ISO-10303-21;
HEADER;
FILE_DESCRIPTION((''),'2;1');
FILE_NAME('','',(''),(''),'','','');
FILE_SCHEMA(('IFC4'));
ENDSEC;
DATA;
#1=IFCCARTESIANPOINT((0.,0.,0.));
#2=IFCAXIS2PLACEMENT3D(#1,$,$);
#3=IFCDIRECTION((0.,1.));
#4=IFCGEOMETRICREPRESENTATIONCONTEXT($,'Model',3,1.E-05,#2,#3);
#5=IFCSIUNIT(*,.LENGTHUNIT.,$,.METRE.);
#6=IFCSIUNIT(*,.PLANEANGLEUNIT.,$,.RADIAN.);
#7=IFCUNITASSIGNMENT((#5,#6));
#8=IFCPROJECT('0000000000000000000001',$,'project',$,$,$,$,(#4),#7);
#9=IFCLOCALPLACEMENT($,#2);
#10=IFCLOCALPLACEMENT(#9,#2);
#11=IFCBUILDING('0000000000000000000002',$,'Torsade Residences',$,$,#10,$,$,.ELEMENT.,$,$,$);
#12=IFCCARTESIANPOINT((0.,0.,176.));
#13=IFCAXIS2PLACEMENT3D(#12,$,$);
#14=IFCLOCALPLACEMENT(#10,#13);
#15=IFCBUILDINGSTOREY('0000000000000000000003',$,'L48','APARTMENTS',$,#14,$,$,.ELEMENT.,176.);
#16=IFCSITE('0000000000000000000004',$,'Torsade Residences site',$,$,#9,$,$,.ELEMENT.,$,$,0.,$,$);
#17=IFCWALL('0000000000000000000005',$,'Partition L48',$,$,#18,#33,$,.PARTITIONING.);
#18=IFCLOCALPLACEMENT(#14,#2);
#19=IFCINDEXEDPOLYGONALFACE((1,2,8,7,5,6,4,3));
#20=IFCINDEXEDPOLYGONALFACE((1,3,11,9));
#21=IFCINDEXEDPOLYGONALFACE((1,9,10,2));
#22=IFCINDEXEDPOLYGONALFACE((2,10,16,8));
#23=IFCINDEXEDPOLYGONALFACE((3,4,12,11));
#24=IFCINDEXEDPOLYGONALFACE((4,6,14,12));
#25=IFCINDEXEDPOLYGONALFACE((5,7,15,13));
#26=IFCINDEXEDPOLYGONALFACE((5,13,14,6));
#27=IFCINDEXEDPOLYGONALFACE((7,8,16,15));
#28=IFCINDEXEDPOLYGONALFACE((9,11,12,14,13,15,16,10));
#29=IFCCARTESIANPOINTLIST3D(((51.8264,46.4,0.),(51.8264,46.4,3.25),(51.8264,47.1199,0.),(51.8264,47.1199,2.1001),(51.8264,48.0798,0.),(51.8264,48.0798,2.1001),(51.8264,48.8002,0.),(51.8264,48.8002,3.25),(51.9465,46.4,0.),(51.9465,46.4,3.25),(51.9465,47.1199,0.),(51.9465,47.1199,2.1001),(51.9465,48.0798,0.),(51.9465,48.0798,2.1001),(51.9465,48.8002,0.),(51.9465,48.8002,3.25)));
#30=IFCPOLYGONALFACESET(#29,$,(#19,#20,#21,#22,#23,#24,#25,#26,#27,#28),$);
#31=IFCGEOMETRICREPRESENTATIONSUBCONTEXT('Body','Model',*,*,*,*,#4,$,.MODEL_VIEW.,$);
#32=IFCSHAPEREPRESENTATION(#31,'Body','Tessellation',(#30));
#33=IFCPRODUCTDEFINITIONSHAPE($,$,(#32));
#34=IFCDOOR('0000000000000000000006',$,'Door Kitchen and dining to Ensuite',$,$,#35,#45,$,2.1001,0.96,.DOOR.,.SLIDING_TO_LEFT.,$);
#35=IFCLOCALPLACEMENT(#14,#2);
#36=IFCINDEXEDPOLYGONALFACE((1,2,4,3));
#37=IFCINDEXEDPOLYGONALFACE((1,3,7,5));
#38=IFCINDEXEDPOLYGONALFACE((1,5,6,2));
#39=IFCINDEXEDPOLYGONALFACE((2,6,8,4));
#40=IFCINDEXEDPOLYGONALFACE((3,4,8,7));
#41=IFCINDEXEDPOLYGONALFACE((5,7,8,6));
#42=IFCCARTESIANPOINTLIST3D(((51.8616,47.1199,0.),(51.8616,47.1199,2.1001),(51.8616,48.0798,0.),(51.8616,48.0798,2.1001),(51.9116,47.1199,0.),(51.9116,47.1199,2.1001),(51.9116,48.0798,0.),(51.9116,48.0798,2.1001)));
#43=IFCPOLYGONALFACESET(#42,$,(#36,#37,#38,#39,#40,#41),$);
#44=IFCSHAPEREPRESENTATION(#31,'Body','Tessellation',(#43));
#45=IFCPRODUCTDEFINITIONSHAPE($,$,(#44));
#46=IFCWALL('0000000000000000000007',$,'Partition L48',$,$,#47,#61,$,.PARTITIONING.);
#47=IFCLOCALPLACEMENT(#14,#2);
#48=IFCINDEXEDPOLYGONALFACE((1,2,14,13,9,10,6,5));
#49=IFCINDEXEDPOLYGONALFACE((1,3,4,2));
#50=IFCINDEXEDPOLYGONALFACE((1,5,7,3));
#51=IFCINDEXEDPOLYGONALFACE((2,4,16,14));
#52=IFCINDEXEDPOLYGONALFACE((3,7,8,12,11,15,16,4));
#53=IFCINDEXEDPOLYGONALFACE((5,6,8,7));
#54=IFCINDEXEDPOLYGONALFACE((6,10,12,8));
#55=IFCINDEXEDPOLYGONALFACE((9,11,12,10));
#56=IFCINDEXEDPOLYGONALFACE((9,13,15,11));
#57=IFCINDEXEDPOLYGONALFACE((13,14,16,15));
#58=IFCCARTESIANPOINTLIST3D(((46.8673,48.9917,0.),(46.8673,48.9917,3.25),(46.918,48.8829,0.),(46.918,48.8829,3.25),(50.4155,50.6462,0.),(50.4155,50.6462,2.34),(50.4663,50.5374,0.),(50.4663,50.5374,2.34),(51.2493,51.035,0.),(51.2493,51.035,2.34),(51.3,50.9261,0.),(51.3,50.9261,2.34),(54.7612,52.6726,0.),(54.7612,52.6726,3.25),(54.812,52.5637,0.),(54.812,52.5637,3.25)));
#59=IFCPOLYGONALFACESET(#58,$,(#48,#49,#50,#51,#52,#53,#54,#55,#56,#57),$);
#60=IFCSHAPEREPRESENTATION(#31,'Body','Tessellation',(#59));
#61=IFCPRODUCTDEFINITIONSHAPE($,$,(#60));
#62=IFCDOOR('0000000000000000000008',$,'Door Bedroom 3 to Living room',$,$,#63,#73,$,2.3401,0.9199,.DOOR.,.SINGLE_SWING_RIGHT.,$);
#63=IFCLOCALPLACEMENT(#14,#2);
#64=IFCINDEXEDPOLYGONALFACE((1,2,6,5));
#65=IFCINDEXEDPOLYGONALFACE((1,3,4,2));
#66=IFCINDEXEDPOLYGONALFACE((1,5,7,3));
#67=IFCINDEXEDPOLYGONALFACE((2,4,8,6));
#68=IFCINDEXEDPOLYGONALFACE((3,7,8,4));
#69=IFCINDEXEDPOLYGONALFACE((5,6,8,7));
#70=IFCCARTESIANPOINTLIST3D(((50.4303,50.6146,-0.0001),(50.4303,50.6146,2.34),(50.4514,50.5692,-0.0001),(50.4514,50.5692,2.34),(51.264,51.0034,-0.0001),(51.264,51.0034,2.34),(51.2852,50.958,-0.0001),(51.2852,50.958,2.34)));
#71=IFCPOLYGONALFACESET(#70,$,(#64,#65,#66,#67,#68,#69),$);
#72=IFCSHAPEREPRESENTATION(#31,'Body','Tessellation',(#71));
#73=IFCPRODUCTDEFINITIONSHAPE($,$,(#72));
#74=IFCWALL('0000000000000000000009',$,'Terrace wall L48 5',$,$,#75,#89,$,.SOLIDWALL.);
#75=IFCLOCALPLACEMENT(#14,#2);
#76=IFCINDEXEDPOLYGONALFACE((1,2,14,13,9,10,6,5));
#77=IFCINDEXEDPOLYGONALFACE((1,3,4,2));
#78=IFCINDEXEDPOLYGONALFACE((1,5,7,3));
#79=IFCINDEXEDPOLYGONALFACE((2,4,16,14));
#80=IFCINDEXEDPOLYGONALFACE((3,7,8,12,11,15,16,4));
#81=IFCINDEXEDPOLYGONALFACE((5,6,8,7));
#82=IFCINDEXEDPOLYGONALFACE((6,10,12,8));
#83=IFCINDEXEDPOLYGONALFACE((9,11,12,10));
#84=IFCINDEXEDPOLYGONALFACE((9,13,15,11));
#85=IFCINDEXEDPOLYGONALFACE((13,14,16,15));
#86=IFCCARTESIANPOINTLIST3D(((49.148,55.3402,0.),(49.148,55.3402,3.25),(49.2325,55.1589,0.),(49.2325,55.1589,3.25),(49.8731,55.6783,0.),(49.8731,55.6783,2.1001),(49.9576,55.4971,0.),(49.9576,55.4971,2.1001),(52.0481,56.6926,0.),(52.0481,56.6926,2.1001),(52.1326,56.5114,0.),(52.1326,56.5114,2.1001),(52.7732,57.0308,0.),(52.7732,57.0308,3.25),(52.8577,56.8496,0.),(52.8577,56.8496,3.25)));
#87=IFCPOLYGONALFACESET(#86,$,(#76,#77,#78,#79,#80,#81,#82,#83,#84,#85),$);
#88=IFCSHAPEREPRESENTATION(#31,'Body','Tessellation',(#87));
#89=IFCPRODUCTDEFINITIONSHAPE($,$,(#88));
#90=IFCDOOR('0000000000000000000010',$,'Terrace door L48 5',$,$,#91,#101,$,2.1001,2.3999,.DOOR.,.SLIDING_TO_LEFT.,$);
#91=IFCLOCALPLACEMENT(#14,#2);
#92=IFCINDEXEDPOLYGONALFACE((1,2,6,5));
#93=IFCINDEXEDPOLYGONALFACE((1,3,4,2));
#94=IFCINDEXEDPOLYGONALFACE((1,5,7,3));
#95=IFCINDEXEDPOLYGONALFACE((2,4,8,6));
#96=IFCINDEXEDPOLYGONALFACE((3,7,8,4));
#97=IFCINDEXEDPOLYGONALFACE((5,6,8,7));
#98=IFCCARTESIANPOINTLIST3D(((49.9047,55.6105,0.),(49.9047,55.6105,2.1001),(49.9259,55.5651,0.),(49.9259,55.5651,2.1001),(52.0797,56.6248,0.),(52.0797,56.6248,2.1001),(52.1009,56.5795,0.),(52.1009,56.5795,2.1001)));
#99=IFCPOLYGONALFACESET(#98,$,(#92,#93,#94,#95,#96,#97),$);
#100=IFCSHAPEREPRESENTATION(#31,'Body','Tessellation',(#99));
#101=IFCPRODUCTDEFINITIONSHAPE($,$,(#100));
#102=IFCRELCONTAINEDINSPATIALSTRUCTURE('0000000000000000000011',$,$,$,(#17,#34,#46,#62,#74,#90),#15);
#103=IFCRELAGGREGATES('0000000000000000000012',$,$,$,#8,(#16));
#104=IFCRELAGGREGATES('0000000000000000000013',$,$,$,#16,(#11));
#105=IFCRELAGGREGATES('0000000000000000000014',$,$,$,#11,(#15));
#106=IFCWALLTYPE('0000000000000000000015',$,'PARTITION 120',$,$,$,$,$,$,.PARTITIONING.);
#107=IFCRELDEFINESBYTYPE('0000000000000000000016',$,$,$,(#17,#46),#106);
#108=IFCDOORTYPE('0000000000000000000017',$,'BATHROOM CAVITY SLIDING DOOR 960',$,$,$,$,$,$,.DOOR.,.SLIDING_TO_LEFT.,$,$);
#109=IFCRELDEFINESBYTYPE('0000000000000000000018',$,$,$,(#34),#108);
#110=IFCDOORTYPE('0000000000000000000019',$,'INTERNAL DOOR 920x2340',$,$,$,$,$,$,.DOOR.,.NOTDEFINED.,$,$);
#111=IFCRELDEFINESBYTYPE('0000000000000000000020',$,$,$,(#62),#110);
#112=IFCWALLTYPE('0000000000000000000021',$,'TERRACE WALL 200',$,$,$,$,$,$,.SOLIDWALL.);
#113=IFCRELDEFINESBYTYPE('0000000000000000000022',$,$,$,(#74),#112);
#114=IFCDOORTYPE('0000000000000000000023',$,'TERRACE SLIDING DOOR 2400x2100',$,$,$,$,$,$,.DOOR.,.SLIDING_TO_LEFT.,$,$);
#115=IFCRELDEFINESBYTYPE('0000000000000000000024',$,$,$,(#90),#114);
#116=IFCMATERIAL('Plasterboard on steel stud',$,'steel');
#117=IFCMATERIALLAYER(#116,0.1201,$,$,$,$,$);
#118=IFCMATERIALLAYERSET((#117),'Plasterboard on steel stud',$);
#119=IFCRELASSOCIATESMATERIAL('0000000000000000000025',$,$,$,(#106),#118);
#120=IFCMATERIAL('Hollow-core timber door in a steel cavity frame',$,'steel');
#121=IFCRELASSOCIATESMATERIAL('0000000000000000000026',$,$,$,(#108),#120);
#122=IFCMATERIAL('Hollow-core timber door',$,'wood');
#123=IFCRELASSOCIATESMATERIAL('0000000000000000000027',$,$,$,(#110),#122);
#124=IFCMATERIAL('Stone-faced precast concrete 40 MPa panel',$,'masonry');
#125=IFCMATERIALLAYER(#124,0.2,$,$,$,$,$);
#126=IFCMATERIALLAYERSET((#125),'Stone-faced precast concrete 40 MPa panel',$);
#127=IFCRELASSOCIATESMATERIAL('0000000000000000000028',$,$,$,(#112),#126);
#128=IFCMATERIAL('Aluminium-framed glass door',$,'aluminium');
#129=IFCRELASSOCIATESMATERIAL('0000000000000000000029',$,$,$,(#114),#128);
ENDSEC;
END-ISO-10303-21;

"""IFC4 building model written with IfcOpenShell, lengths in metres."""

from ifc_helpers import new_model, si_unit, direction, frame, frame_2d, origin, place, context, subcontext, project, spatial, rectangle, extrude, material, layer, layer_set, type_object, element, fill, save


model = new_model("IFC4")

# Units and contexts
model_context = context("Model", 3, precision=1e-05, world=origin(), true_north=direction((0.0, 1.0)))
body_context = subcontext(model_context, "Body", "Model", "MODEL_VIEW")
ifc_project = project(units=[si_unit("LENGTHUNIT", "METRE"), si_unit("PLANEANGLEUNIT", "RADIAN")], contexts=[model_context])

# Site, building, storey
site_placement = place(None, origin())
site = spatial("IfcSite", under=ifc_project, at=site_placement, Name="Torsade Residences site", CompositionType="ELEMENT", RefElevation=0.0)
building_placement = place(site_placement, origin())
building = spatial("IfcBuilding", under=site, at=building_placement, Name="Torsade Residences", CompositionType="ELEMENT")
storey_placement = place(building_placement, frame((0.0, 0.0, 176.0)))
storey = spatial("IfcBuildingStorey", under=building, at=storey_placement, Name="L48", Description="APARTMENTS", CompositionType="ELEMENT", Elevation=176.0)

# Walls, openings, doors
ifc_material_1 = material(Name="Plasterboard on steel stud", Category="steel")
ifc_layer_1 = layer(ifc_material_1, 0.1201)
ifc_layer_set_1 = layer_set([ifc_layer_1], Name="Plasterboard on steel stud")
wall_type_1 = type_object("IfcWallType", Name="PARTITION 120", PredefinedType="PARTITIONING", material=ifc_layer_set_1)
wall_1_placement = place(storey_placement, frame((51.8865, 46.3999, 0.0), z_axis=(0.0, 0.0, 1.0), x_axis=(0.0, 1.0, 0.0)))
wall_1 = element("IfcWall", 1, at=wall_1_placement, inside=storey, type_object=wall_type_1, Name="Partition L48", PredefinedType="PARTITIONING", context=body_context, shape_type="SweptSolid", body=[
    extrude(rectangle(XDim=2.4001, YDim=0.1201, at=frame_2d((1.2002, 0.0))), origin(), (0.0, 0.0, 1.0), 3.25),
])
opening_1_placement = place(wall_1_placement, frame((0.72, 0.0, 0.0)))
opening_1 = element("IfcOpeningElement", 2, at=opening_1_placement, cuts=wall_1, PredefinedType="OPENING", context=body_context, shape_type="SweptSolid", body=[
    extrude(rectangle(XDim=0.96, YDim=2.1001, at=frame_2d((0.48, 1.05))), frame((0.0, 0.0701, 0.0), z_axis=(0.0, -1.0, 0.0), x_axis=(1.0, 0.0, 0.0)), (0.0, 0.0, 1.0), 0.1401),
])
ifc_material_2 = material(Name="Hollow-core timber door in a steel cavity frame", Category="steel")
door_type_1 = type_object("IfcDoorType", Name="BATHROOM CAVITY SLIDING DOOR 960", OperationType="SLIDING_TO_LEFT", PredefinedType="DOOR", material=ifc_material_2)
door_1_placement = place(opening_1_placement, origin())
door_1 = element("IfcDoor", 3, at=door_1_placement, inside=storey, type_object=door_type_1, Name="Door Kitchen and dining to Ensuite", OperationType="SLIDING_TO_LEFT", OverallHeight=2.1001, OverallWidth=0.96, PredefinedType="DOOR", context=body_context, shape_type="SweptSolid", body=[
    extrude(rectangle(XDim=0.96, YDim=2.1001, at=frame_2d((0.48, 1.05))), frame((0.0, 0.0249, 0.0), z_axis=(0.0, -1.0, 0.0), x_axis=(1.0, 0.0, 0.0)), (0.0, 0.0, 1.0), 0.05),
])
fill(opening_1, door_1)
wall_2_placement = place(storey_placement, frame((54.7866, 52.6182, 0.0), z_axis=(0.0, 0.0, 1.0), x_axis=(-0.906314, -0.422605, 0.0)))
wall_2 = element("IfcWall", 4, at=wall_2_placement, inside=storey, type_object=wall_type_1, Name="Partition L48", PredefinedType="PARTITIONING", context=body_context, shape_type="SweptSolid", body=[
    extrude(rectangle(XDim=8.71, YDim=0.1201, at=frame_2d((4.355, 0.0))), origin(), (0.0, 0.0, 1.0), 3.25),
])
opening_2_placement = place(wall_2_placement, frame((3.875, 0.0, 0.0)))
opening_2 = element("IfcOpeningElement", 5, at=opening_2_placement, cuts=wall_2, PredefinedType="OPENING", context=body_context, shape_type="SweptSolid", body=[
    extrude(rectangle(XDim=0.9199, YDim=2.3401, at=frame_2d((0.46, 1.1699))), frame((0.0, 0.0701, 0.0), z_axis=(0.0, -1.0, 0.0), x_axis=(1.0, 0.0, 0.0)), (0.0, 0.0, 1.0), 0.1401),
])
ifc_material_3 = material(Name="Hollow-core timber door", Category="wood")
door_type_2 = type_object("IfcDoorType", Name="INTERNAL DOOR 920x2340", OperationType="NOTDEFINED", PredefinedType="DOOR", material=ifc_material_3)
door_2_placement = place(opening_2_placement, origin())
door_2 = element("IfcDoor", 6, at=door_2_placement, inside=storey, type_object=door_type_2, Name="Door Bedroom 3 to Living room", OperationType="SINGLE_SWING_RIGHT", OverallHeight=2.3401, OverallWidth=0.9199, PredefinedType="DOOR", context=body_context, shape_type="SweptSolid", body=[
    extrude(rectangle(XDim=0.9199, YDim=2.3401, at=frame_2d((0.46, 1.1699))), frame((0.0, 0.0249, 0.0), z_axis=(0.0, -1.0, 0.0), x_axis=(1.0, 0.0, 0.0)), (0.0, 0.0, 1.0), 0.05),
])
fill(opening_2, door_2)
ifc_material_4 = material(Name="Stone-faced precast concrete 40 MPa panel", Category="masonry")
ifc_layer_2 = layer(ifc_material_4, 0.2)
ifc_layer_set_2 = layer_set([ifc_layer_2], Name="Stone-faced precast concrete 40 MPa panel")
wall_type_2 = type_object("IfcWallType", Name="TERRACE WALL 200", PredefinedType="SOLIDWALL", material=ifc_layer_set_2)
wall_3_placement = place(storey_placement, frame((52.8154, 56.9402, 0.0), z_axis=(0.0, 0.0, 1.0), x_axis=(-0.906289, -0.422658, 0.0)))
wall_3 = element("IfcWall", 7, at=wall_3_placement, inside=storey, type_object=wall_type_2, Name="Terrace wall L48 5", PredefinedType="SOLIDWALL", context=body_context, shape_type="SweptSolid", body=[
    extrude(rectangle(XDim=4.0, YDim=0.2, at=frame_2d((2.0, 0.0))), origin(), (0.0, 0.0, 1.0), 3.25),
])
opening_3_placement = place(wall_3_placement, frame((0.8, 0.0, 0.0)))
opening_3 = element("IfcOpeningElement", 8, at=opening_3_placement, cuts=wall_3, PredefinedType="OPENING", context=body_context, shape_type="SweptSolid", body=[
    extrude(rectangle(XDim=2.3999, YDim=2.1001, at=frame_2d((1.2, 1.05))), frame((0.0, 0.1099, 0.0), z_axis=(0.0, -1.0, 0.0), x_axis=(1.0, 0.0, 0.0)), (0.0, 0.0, 1.0), 0.22),
])
ifc_material_5 = material(Name="Aluminium-framed glass door", Category="aluminium")
door_type_3 = type_object("IfcDoorType", Name="TERRACE SLIDING DOOR 2400x2100", OperationType="SLIDING_TO_LEFT", PredefinedType="DOOR", material=ifc_material_5)
door_3_placement = place(opening_3_placement, origin())
door_3 = element("IfcDoor", 9, at=door_3_placement, inside=storey, type_object=door_type_3, Name="Terrace door L48 5", OperationType="SLIDING_TO_LEFT", OverallHeight=2.1001, OverallWidth=2.3999, PredefinedType="DOOR", context=body_context, shape_type="SweptSolid", body=[
    extrude(rectangle(XDim=2.3999, YDim=2.1001, at=frame_2d((1.2, 1.05))), frame((0.0, 0.0249, 0.0), z_axis=(0.0, -1.0, 0.0), x_axis=(1.0, 0.0, 0.0)), (0.0, 0.0, 1.0), 0.05),
])
fill(opening_3, door_3)

save(model, "model.ifc")
